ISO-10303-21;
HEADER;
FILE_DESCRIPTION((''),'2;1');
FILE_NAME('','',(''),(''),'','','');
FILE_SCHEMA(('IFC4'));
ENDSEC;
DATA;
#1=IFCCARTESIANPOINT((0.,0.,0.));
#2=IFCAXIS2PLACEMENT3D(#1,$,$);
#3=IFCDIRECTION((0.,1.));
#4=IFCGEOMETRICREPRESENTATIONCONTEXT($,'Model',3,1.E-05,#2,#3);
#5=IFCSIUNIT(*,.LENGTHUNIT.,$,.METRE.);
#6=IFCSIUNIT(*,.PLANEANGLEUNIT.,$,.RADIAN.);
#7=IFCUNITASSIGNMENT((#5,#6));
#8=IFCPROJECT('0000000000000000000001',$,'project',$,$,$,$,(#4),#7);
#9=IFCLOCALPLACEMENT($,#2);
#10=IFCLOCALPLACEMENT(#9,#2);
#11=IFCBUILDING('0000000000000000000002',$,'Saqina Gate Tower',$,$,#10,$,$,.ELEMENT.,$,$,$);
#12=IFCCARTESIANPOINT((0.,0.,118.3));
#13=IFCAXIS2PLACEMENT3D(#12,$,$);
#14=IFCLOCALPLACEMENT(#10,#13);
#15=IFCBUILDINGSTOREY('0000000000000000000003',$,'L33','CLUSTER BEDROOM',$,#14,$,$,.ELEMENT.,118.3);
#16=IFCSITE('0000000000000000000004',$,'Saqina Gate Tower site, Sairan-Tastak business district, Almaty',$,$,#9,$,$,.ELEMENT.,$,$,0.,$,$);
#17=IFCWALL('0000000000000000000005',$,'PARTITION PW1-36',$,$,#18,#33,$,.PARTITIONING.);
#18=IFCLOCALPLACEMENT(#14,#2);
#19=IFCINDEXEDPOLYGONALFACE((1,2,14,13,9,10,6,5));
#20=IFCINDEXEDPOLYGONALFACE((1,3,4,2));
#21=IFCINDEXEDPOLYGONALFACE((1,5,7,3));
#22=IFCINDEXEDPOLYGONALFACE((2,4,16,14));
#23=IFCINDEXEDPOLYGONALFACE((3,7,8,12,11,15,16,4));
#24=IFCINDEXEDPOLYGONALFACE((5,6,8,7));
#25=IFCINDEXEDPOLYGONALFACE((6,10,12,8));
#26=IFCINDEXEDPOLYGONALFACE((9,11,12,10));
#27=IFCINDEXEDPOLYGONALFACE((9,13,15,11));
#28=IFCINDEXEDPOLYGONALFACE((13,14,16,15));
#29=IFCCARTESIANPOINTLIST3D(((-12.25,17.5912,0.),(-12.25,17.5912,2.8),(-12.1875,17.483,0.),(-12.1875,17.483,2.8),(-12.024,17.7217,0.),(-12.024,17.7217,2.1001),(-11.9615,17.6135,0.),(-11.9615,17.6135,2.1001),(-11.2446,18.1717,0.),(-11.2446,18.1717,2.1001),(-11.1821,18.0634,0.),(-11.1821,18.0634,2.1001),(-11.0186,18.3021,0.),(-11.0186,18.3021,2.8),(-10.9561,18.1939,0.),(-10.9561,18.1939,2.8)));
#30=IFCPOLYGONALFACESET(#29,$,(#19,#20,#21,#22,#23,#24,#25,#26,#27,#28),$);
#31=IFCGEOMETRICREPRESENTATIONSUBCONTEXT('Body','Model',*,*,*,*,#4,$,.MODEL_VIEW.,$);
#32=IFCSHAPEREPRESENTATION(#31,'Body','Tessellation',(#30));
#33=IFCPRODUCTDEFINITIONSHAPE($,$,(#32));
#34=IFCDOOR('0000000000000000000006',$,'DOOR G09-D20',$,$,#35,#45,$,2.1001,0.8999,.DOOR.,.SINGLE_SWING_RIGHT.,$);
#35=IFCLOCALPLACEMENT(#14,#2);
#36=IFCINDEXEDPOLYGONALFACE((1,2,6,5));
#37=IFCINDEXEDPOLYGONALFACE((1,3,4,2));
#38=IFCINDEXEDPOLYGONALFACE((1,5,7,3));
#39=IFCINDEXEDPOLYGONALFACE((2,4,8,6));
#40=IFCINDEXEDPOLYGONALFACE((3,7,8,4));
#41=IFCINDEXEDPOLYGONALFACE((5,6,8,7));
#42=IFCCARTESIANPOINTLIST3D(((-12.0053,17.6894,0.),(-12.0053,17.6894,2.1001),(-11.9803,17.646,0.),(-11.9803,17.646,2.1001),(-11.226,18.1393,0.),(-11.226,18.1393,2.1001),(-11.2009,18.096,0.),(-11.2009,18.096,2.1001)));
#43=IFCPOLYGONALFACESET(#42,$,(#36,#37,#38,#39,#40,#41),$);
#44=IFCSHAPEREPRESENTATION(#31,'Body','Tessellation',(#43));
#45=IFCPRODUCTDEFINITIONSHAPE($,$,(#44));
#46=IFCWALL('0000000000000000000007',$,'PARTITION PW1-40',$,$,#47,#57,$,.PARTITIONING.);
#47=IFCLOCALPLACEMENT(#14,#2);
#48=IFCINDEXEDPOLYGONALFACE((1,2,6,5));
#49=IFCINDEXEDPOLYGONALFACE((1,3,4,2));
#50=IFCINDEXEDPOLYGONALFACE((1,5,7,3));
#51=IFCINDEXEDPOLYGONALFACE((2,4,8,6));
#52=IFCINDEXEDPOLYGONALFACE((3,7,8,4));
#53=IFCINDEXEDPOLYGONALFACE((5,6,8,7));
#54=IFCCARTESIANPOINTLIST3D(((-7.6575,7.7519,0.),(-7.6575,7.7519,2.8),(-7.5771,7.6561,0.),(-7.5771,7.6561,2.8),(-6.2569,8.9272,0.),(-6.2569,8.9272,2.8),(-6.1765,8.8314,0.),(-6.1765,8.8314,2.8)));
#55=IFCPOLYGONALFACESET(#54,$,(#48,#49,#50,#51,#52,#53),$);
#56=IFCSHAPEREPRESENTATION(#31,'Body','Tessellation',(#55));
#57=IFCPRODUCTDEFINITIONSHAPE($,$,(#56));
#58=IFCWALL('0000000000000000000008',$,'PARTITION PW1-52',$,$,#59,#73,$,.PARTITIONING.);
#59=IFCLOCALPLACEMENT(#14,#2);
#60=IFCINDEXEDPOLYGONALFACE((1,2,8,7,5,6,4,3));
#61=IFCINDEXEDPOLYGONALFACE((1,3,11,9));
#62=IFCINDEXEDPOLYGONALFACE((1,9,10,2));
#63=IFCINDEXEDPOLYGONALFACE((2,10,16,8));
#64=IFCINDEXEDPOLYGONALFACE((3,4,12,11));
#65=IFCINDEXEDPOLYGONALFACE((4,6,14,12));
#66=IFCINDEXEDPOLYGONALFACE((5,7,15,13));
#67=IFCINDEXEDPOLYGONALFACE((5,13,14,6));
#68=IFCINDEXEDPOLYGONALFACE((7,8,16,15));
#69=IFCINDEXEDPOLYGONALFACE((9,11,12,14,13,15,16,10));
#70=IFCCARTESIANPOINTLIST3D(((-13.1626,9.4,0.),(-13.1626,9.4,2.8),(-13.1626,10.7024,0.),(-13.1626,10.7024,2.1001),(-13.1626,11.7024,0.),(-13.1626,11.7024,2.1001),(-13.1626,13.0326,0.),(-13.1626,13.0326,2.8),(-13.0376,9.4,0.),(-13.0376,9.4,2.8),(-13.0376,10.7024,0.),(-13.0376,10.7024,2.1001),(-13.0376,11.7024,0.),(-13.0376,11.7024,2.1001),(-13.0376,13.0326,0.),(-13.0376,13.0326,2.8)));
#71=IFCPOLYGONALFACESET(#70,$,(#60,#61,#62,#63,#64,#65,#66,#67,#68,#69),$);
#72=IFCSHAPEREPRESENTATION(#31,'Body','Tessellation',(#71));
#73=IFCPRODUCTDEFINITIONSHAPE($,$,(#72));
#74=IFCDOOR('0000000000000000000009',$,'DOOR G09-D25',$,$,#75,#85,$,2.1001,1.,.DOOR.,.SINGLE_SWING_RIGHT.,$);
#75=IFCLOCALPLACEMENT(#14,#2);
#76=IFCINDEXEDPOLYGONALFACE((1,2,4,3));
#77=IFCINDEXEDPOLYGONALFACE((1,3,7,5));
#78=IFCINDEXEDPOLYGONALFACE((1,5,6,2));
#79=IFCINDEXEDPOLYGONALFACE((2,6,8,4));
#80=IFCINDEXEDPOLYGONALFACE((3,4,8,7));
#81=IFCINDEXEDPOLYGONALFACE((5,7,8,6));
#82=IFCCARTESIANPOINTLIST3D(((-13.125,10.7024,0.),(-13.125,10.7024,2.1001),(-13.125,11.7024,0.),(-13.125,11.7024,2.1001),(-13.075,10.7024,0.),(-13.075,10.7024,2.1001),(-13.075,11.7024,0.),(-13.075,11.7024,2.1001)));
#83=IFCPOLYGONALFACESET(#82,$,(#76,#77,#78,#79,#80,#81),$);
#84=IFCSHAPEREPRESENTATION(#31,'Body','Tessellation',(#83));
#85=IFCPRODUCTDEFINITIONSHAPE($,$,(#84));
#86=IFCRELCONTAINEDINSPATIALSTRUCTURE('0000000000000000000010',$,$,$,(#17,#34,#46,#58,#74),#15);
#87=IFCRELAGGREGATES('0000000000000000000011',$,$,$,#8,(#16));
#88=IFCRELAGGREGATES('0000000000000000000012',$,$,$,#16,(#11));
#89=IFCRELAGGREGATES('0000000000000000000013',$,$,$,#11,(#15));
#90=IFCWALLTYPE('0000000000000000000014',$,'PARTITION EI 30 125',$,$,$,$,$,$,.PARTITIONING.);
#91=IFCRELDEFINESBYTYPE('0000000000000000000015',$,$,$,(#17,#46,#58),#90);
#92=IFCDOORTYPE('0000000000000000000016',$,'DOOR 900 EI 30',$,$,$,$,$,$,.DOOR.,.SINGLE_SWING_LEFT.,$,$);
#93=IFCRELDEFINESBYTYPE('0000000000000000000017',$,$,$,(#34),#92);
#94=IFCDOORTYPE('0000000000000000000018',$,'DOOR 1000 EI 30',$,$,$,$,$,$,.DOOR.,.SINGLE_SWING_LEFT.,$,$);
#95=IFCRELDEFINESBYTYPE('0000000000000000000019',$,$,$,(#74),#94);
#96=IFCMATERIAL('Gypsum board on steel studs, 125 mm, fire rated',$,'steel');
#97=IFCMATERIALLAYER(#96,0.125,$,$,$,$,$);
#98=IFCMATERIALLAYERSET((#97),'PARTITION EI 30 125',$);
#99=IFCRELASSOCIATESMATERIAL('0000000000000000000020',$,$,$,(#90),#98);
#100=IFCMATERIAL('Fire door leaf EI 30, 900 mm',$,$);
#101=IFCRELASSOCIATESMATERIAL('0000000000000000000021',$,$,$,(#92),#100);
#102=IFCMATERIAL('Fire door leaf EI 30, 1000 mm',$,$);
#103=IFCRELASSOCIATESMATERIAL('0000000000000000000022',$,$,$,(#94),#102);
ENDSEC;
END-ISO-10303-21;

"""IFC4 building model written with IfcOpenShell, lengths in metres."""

from ifc_helpers import new_model, si_unit, direction, frame, frame_2d, origin, place, context, subcontext, project, spatial, rectangle, extrude, material, layer, layer_set, type_object, element, fill, save


model = new_model("IFC4")

# Units and contexts
model_context = context("Model", 3, precision=1e-05, world=origin(), true_north=direction((0.0, 1.0)))
body_context = subcontext(model_context, "Body", "Model", "MODEL_VIEW")
ifc_project = project(units=[si_unit("LENGTHUNIT", "METRE"), si_unit("PLANEANGLEUNIT", "RADIAN")], contexts=[model_context])

# Site, building, storey
site_placement = place(None, origin())
site = spatial("IfcSite", under=ifc_project, at=site_placement, Name="Saqina Gate Tower site, Sairan-Tastak business district, Almaty", CompositionType="ELEMENT", RefElevation=0.0)
building_placement = place(site_placement, origin())
building = spatial("IfcBuilding", under=site, at=building_placement, Name="Saqina Gate Tower", CompositionType="ELEMENT")
storey_placement = place(building_placement, frame((0.0, 0.0, 118.3)))
storey = spatial("IfcBuildingStorey", under=building, at=storey_placement, Name="L33", Description="CLUSTER BEDROOM", CompositionType="ELEMENT", Elevation=118.3)

# Shared definitions
ifc_material_1 = material(Name="Gypsum board on steel studs, 125 mm, fire rated", Category="steel")
ifc_layer_1 = layer(ifc_material_1, 0.125)
ifc_layer_set_1 = layer_set([ifc_layer_1], Name="PARTITION EI 30 125")
wall_type_1 = type_object("IfcWallType", Name="PARTITION EI 30 125", PredefinedType="PARTITIONING", material=ifc_layer_set_1)

# Wall, opening, door
wall_1_placement = place(storey_placement, frame((-12.2188, 17.5371, 0.0), z_axis=(0.0, 0.0, 1.0), x_axis=(0.866037, 0.49998, 0.0)))
wall_1 = element("IfcWall", 1, at=wall_1_placement, inside=storey, type_object=wall_type_1, Name="PARTITION PW1-36", PredefinedType="PARTITIONING", context=body_context, shape_type="SweptSolid", body=[
    extrude(rectangle(XDim=1.4219, YDim=0.125, at=frame_2d((0.7109, 0.0))), origin(), (0.0, 0.0, 1.0), 2.8),
])
opening_1_placement = place(wall_1_placement, frame((0.261, 0.0, 0.0)))
opening_1 = element("IfcOpeningElement", 2, at=opening_1_placement, cuts=wall_1, PredefinedType="OPENING", context=body_context, shape_type="SweptSolid", body=[
    extrude(rectangle(XDim=0.8999, YDim=2.1001, at=frame_2d((0.45, 1.05))), frame((0.0, 0.0745, 0.0), z_axis=(0.0, -1.0, 0.0), x_axis=(1.0, 0.0, 0.0)), (0.0, 0.0, 1.0), 0.1489),
])
ifc_material_2 = material(Name="Fire door leaf EI 30, 900 mm")
door_type_1 = type_object("IfcDoorType", Name="DOOR 900 EI 30", OperationType="SINGLE_SWING_LEFT", PredefinedType="DOOR", material=ifc_material_2)
door_1_placement = place(opening_1_placement, frame((0.8999, 0.0, 0.0), z_axis=(0.0, 0.0, 1.0), x_axis=(-1.0, 0.0, 0.0)))
door_1 = element("IfcDoor", 3, at=door_1_placement, inside=storey, type_object=door_type_1, Name="DOOR G09-D20", OperationType="SINGLE_SWING_RIGHT", OverallHeight=2.1001, OverallWidth=0.8999, PredefinedType="DOOR", context=body_context, shape_type="SweptSolid", body=[
    extrude(rectangle(XDim=0.8999, YDim=2.1001, at=frame_2d((0.45, 1.05))), frame((0.0, 0.0249, 0.0), z_axis=(0.0, -1.0, 0.0), x_axis=(1.0, 0.0, 0.0)), (0.0, 0.0, 1.0), 0.05),
])
fill(opening_1, door_1)

# Wall
wall_2_placement = place(storey_placement, frame((-7.6172, 7.7041, 0.0), z_axis=(0.0, 0.0, 1.0), x_axis=(0.766039, 0.642794, 0.0)))
element("IfcWall", 4, at=wall_2_placement, inside=storey, type_object=wall_type_1, Name="PARTITION PW1-40", PredefinedType="PARTITIONING", context=body_context, shape_type="SweptSolid", body=[
    extrude(rectangle(XDim=1.8284, YDim=0.125, at=frame_2d((0.9141, 0.0))), origin(), (0.0, 0.0, 1.0), 2.8),
])

# Wall, opening, door
wall_3_placement = place(storey_placement, frame((-13.1001, 9.3999, 0.0), z_axis=(0.0, 0.0, 1.0), x_axis=(0.0, 1.0, 0.0)))
wall_3 = element("IfcWall", 5, at=wall_3_placement, inside=storey, type_object=wall_type_1, Name="PARTITION PW1-52", PredefinedType="PARTITIONING", context=body_context, shape_type="SweptSolid", body=[
    extrude(rectangle(XDim=3.6326, YDim=0.125, at=frame_2d((1.8164, 0.0))), origin(), (0.0, 0.0, 1.0), 2.8),
])
opening_2_placement = place(wall_3_placement, frame((1.3025, 0.0, 0.0)))
opening_2 = element("IfcOpeningElement", 6, at=opening_2_placement, cuts=wall_3, PredefinedType="OPENING", context=body_context, shape_type="SweptSolid", body=[
    extrude(rectangle(XDim=1.0, YDim=2.1001, at=frame_2d((0.5, 1.05))), frame((0.0, 0.0745, 0.0), z_axis=(0.0, -1.0, 0.0), x_axis=(1.0, 0.0, 0.0)), (0.0, 0.0, 1.0), 0.1489),
])
ifc_material_3 = material(Name="Fire door leaf EI 30, 1000 mm")
door_type_2 = type_object("IfcDoorType", Name="DOOR 1000 EI 30", OperationType="SINGLE_SWING_LEFT", PredefinedType="DOOR", material=ifc_material_3)
door_2_placement = place(opening_2_placement, origin())
door_2 = element("IfcDoor", 7, at=door_2_placement, inside=storey, type_object=door_type_2, Name="DOOR G09-D25", OperationType="SINGLE_SWING_RIGHT", OverallHeight=2.1001, OverallWidth=1.0, PredefinedType="DOOR", context=body_context, shape_type="SweptSolid", body=[
    extrude(rectangle(XDim=1.0, YDim=2.1001, at=frame_2d((0.5, 1.05))), frame((0.0, 0.0249, 0.0), z_axis=(0.0, -1.0, 0.0), x_axis=(1.0, 0.0, 0.0)), (0.0, 0.0, 1.0), 0.05),
])
fill(opening_2, door_2)

save(model, "model.ifc")
